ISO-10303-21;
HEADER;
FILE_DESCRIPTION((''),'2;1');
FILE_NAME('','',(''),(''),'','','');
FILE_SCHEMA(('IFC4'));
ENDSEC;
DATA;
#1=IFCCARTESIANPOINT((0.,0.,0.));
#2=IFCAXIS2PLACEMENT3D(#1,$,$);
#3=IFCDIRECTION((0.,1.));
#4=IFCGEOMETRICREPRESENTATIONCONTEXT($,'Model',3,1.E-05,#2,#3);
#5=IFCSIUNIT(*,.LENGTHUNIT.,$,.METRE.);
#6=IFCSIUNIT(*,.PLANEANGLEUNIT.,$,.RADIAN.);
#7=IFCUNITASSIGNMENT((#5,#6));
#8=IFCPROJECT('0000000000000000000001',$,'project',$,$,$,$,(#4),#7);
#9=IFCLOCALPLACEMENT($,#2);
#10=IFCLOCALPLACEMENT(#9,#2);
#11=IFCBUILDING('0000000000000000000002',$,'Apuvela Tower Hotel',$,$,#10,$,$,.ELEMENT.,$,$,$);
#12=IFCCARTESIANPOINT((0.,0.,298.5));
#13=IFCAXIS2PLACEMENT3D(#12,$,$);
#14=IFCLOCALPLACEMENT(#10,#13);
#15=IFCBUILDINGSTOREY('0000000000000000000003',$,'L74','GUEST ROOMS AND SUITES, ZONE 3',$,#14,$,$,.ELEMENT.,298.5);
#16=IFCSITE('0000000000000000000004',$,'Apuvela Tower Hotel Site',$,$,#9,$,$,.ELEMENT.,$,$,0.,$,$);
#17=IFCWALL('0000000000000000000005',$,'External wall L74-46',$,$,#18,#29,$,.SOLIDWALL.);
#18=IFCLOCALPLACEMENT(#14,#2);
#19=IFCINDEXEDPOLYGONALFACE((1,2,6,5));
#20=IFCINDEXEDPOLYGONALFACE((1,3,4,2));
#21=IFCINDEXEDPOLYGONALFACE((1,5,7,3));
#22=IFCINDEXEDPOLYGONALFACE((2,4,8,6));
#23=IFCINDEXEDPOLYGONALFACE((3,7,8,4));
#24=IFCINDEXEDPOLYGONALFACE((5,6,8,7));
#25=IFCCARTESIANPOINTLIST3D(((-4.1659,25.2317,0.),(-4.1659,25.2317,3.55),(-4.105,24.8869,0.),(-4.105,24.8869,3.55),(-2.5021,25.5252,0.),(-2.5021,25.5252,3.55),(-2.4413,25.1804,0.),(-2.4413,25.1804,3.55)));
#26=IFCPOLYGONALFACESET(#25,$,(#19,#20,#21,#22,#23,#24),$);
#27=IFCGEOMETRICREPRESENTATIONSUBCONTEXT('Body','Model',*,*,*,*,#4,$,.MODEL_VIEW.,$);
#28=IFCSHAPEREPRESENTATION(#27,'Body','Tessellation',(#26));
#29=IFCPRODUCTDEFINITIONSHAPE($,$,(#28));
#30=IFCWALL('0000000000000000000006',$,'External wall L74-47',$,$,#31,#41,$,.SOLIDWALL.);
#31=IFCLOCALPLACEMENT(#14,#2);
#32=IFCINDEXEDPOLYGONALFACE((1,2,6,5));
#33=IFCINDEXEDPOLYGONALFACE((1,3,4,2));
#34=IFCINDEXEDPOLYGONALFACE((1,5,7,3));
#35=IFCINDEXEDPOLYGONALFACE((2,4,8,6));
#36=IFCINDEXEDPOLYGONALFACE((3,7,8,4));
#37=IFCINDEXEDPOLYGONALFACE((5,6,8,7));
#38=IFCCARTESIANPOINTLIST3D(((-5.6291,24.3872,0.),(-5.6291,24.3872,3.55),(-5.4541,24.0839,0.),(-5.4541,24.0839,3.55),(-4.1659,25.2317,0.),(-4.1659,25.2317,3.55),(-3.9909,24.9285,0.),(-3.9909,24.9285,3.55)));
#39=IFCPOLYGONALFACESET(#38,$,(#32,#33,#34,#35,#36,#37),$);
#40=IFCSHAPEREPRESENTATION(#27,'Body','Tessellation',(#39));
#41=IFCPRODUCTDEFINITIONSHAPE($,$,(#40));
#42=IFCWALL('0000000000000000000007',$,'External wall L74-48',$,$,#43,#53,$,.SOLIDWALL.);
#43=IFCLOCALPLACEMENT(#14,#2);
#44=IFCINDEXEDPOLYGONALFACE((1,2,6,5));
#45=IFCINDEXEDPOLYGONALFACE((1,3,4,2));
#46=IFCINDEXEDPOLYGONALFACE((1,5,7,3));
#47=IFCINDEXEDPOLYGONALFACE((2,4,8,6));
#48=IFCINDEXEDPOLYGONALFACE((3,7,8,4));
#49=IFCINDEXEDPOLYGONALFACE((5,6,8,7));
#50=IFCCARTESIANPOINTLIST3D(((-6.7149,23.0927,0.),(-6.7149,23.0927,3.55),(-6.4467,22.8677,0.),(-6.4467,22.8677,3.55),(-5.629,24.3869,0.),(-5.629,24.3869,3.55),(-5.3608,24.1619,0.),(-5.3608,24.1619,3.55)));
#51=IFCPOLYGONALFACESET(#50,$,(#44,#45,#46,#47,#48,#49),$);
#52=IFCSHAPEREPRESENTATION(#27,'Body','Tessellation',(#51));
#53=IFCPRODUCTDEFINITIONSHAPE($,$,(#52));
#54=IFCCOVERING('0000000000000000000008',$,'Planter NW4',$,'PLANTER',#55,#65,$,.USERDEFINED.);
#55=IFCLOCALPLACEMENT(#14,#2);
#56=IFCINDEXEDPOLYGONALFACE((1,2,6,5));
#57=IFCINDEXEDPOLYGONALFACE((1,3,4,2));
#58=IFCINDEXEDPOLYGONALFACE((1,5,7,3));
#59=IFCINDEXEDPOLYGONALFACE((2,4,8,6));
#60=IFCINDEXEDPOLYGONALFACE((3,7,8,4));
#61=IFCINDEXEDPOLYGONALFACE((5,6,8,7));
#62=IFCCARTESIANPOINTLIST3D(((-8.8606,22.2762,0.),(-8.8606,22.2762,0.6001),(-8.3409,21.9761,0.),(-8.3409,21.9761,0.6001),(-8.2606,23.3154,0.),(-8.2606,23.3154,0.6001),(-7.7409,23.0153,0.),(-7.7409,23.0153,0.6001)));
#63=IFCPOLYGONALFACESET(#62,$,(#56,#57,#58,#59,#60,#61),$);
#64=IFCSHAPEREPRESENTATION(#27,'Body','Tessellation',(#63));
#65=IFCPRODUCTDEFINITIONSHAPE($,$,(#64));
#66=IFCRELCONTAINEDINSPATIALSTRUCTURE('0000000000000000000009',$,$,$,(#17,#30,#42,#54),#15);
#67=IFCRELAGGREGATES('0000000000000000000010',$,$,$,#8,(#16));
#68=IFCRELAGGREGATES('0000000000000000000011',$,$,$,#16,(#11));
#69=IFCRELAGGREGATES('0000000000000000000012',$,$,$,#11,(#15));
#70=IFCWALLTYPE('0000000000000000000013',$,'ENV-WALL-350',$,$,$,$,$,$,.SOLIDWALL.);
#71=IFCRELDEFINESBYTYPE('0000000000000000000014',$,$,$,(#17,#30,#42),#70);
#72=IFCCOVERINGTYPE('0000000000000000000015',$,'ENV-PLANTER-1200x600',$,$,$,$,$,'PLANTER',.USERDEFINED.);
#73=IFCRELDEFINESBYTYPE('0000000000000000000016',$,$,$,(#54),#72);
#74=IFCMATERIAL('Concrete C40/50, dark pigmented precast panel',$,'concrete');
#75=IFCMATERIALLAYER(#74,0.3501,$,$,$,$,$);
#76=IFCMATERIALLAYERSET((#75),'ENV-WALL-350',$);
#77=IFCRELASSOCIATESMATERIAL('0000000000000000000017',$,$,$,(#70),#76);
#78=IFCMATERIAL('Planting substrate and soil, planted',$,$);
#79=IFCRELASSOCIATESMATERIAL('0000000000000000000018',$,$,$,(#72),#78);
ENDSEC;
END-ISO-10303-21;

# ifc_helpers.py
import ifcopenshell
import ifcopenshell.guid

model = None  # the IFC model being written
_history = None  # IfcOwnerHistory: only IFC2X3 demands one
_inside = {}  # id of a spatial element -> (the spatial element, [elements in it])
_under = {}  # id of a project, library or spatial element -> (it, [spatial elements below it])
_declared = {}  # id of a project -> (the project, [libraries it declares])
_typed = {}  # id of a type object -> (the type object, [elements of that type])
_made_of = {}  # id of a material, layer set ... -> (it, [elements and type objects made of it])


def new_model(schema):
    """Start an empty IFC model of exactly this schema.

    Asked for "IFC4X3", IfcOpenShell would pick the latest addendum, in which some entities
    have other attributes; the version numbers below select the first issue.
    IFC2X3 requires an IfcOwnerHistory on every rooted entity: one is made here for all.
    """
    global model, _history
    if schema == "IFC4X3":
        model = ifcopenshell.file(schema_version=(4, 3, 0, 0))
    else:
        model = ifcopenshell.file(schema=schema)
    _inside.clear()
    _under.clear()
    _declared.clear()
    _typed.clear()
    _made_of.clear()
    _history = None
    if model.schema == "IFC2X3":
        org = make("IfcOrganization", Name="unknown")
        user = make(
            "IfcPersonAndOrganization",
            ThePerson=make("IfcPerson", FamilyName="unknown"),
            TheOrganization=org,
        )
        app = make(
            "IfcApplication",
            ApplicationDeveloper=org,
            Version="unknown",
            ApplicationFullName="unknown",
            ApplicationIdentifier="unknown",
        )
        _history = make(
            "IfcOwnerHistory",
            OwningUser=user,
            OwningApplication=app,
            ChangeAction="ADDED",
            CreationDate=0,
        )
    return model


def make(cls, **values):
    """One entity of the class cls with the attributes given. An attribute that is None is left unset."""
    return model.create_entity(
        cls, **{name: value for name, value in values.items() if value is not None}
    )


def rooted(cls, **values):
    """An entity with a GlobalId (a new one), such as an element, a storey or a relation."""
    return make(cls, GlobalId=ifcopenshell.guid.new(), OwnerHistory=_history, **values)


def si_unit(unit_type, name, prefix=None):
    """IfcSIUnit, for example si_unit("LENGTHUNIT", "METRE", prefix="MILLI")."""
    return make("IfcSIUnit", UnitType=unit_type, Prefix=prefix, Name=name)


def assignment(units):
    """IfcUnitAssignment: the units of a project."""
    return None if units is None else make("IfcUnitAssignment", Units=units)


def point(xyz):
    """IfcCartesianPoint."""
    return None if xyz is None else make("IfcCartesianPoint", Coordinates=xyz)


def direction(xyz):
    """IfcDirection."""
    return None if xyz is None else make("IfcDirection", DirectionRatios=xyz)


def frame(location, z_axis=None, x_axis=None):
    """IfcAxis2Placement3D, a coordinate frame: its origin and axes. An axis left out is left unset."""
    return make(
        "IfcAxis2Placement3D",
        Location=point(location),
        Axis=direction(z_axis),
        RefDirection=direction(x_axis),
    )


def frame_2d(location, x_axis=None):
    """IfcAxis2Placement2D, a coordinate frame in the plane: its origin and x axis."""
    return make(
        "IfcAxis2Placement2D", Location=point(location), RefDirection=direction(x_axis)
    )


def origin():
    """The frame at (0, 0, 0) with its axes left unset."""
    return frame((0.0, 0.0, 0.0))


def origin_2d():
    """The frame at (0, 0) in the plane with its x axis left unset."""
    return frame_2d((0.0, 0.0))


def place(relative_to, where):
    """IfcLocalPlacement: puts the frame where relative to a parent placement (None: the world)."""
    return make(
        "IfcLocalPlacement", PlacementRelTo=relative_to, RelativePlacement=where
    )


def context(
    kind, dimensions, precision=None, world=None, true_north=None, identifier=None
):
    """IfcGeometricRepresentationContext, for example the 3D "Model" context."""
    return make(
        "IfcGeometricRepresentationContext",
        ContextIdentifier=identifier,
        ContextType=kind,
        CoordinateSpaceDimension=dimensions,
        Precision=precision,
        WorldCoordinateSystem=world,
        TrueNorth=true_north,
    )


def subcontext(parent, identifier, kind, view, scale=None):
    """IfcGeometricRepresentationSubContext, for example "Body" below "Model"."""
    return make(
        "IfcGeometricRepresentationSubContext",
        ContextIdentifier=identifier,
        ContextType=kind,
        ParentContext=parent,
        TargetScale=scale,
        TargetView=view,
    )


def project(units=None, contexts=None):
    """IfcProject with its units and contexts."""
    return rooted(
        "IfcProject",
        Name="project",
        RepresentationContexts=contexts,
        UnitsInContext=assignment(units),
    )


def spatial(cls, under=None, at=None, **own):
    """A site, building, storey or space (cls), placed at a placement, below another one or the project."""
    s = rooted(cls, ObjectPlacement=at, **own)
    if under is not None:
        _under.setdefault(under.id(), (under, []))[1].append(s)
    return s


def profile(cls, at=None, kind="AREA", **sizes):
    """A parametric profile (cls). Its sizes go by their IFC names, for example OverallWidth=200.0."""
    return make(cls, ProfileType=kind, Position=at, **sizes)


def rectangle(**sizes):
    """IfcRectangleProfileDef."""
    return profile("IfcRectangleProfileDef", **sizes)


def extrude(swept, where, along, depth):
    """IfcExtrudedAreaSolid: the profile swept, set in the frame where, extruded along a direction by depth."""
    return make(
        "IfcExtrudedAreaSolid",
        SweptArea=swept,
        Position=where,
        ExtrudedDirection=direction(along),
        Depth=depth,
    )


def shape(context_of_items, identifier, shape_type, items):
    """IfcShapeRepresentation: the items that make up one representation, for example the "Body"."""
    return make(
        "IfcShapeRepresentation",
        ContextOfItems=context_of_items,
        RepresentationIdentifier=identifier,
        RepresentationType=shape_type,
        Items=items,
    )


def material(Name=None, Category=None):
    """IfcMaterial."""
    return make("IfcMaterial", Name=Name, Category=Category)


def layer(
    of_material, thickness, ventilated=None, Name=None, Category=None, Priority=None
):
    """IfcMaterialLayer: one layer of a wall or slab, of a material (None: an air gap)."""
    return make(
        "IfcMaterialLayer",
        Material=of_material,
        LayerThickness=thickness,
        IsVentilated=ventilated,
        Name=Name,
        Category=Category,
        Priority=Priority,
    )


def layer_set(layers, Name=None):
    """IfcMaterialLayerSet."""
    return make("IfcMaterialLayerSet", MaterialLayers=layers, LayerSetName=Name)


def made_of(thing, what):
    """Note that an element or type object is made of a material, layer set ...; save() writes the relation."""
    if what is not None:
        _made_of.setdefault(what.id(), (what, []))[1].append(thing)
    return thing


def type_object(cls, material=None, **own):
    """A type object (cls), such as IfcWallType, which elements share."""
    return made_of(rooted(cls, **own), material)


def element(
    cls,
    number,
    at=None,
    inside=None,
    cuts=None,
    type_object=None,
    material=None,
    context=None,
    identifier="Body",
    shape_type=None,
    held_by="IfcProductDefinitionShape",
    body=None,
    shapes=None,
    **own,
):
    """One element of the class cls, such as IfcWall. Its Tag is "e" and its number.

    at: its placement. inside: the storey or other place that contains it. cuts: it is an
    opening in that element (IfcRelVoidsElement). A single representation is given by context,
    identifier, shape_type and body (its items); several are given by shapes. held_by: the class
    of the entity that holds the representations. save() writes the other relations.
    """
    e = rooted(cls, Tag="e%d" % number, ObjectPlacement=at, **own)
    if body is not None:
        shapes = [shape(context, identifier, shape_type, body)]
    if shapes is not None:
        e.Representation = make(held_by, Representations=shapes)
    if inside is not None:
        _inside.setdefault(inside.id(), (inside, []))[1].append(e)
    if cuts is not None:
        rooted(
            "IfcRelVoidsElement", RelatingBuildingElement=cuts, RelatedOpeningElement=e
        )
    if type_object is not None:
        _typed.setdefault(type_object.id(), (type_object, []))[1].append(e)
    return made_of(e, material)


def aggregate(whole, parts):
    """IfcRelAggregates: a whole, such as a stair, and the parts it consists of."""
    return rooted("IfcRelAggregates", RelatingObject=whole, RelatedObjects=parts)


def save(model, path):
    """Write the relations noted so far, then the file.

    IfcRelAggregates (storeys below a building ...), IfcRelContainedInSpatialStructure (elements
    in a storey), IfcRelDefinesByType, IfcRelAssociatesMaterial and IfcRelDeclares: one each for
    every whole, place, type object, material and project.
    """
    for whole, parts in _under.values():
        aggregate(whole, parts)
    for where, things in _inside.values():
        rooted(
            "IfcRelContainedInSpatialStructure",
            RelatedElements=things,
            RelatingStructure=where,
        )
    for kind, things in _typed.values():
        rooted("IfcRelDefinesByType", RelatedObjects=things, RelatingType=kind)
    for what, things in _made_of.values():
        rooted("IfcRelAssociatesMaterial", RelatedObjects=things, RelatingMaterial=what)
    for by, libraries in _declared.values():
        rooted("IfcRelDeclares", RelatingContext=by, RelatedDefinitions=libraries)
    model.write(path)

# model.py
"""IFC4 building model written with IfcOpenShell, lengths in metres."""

from ifc_helpers import new_model, si_unit, direction, frame, frame_2d, origin, origin_2d, place, context, subcontext, project, spatial, rectangle, extrude, material, layer, layer_set, type_object, element, save


model = new_model("IFC4")

# Units and contexts
model_context = context("Model", 3, precision=1e-05, world=origin(), true_north=direction((0.0, 1.0)))
body_context = subcontext(model_context, "Body", "Model", "MODEL_VIEW")
ifc_project = project(units=[si_unit("LENGTHUNIT", "METRE"), si_unit("PLANEANGLEUNIT", "RADIAN")], contexts=[model_context])

# Site, building, storey
site_placement = place(None, origin())
site = spatial("IfcSite", under=ifc_project, at=site_placement, Name="Apuvela Tower Hotel Site", CompositionType="ELEMENT", RefElevation=0.0)
building_placement = place(site_placement, origin())
building = spatial("IfcBuilding", under=site, at=building_placement, Name="Apuvela Tower Hotel", CompositionType="ELEMENT")
storey_placement = place(building_placement, frame((0.0, 0.0, 298.5)))
storey = spatial("IfcBuildingStorey", under=building, at=storey_placement, Name="L74", Description="GUEST ROOMS AND SUITES, ZONE 3", CompositionType="ELEMENT", Elevation=298.5)

# Shared definitions
ifc_material_1 = material(Name="Concrete C40/50, dark pigmented precast panel", Category="concrete")
ifc_layer_1 = layer(ifc_material_1, 0.3501)
ifc_layer_set_1 = layer_set([ifc_layer_1], Name="ENV-WALL-350")
wall_type_1 = type_object("IfcWallType", Name="ENV-WALL-350", PredefinedType="SOLIDWALL", material=ifc_layer_set_1)

# Walls
for number, where, z_axis, x_axis, name in (
    (1, (-2.4717, 25.3528, 0.0), (0.0, 0.0, 1.0), (-0.9848, -0.173695, 0.0), "External wall L74-46"),
    (2, (-4.0784, 25.0801, 0.0), (0.0, 0.0, 1.0), (-0.866092, -0.499885, 0.0), "External wall L74-47"),
    (3, (-5.4949, 24.2744, 0.0), (0.0, 0.0, 1.0), (-0.642782, -0.766049, 0.0), "External wall L74-48"),
):
    element("IfcWall", number, at=place(storey_placement, frame(where, z_axis=z_axis, x_axis=x_axis)), inside=storey, type_object=wall_type_1, Name=name, PredefinedType="SOLIDWALL", context=body_context, shape_type="SweptSolid", body=[
        extrude(rectangle(XDim=1.6895, YDim=0.3501, at=frame_2d((0.8447, 0.0))), origin(), (0.0, 0.0, 1.0), 3.55),
    ])

# Covering
ifc_material_2 = material(Name="Planting substrate and soil, planted")
covering_type = type_object("IfcCoveringType", Name="ENV-PLANTER-1200x600", ElementType="PLANTER", PredefinedType="USERDEFINED", material=ifc_material_2)
covering_placement = place(storey_placement, frame((-8.3008, 22.6458, 0.0), z_axis=(0.0, 0.0, 1.0), x_axis=(-0.5, -0.866025, 0.0)))
element("IfcCovering", 4, at=covering_placement, inside=storey, type_object=covering_type, Name="Planter NW4", ObjectType="PLANTER", PredefinedType="USERDEFINED", context=body_context, shape_type="SweptSolid", body=[
    extrude(rectangle(XDim=1.2, YDim=0.6001, at=origin_2d()), origin(), (0.0, 0.0, 1.0), 0.6001),
])

save(model, "model.ifc")
